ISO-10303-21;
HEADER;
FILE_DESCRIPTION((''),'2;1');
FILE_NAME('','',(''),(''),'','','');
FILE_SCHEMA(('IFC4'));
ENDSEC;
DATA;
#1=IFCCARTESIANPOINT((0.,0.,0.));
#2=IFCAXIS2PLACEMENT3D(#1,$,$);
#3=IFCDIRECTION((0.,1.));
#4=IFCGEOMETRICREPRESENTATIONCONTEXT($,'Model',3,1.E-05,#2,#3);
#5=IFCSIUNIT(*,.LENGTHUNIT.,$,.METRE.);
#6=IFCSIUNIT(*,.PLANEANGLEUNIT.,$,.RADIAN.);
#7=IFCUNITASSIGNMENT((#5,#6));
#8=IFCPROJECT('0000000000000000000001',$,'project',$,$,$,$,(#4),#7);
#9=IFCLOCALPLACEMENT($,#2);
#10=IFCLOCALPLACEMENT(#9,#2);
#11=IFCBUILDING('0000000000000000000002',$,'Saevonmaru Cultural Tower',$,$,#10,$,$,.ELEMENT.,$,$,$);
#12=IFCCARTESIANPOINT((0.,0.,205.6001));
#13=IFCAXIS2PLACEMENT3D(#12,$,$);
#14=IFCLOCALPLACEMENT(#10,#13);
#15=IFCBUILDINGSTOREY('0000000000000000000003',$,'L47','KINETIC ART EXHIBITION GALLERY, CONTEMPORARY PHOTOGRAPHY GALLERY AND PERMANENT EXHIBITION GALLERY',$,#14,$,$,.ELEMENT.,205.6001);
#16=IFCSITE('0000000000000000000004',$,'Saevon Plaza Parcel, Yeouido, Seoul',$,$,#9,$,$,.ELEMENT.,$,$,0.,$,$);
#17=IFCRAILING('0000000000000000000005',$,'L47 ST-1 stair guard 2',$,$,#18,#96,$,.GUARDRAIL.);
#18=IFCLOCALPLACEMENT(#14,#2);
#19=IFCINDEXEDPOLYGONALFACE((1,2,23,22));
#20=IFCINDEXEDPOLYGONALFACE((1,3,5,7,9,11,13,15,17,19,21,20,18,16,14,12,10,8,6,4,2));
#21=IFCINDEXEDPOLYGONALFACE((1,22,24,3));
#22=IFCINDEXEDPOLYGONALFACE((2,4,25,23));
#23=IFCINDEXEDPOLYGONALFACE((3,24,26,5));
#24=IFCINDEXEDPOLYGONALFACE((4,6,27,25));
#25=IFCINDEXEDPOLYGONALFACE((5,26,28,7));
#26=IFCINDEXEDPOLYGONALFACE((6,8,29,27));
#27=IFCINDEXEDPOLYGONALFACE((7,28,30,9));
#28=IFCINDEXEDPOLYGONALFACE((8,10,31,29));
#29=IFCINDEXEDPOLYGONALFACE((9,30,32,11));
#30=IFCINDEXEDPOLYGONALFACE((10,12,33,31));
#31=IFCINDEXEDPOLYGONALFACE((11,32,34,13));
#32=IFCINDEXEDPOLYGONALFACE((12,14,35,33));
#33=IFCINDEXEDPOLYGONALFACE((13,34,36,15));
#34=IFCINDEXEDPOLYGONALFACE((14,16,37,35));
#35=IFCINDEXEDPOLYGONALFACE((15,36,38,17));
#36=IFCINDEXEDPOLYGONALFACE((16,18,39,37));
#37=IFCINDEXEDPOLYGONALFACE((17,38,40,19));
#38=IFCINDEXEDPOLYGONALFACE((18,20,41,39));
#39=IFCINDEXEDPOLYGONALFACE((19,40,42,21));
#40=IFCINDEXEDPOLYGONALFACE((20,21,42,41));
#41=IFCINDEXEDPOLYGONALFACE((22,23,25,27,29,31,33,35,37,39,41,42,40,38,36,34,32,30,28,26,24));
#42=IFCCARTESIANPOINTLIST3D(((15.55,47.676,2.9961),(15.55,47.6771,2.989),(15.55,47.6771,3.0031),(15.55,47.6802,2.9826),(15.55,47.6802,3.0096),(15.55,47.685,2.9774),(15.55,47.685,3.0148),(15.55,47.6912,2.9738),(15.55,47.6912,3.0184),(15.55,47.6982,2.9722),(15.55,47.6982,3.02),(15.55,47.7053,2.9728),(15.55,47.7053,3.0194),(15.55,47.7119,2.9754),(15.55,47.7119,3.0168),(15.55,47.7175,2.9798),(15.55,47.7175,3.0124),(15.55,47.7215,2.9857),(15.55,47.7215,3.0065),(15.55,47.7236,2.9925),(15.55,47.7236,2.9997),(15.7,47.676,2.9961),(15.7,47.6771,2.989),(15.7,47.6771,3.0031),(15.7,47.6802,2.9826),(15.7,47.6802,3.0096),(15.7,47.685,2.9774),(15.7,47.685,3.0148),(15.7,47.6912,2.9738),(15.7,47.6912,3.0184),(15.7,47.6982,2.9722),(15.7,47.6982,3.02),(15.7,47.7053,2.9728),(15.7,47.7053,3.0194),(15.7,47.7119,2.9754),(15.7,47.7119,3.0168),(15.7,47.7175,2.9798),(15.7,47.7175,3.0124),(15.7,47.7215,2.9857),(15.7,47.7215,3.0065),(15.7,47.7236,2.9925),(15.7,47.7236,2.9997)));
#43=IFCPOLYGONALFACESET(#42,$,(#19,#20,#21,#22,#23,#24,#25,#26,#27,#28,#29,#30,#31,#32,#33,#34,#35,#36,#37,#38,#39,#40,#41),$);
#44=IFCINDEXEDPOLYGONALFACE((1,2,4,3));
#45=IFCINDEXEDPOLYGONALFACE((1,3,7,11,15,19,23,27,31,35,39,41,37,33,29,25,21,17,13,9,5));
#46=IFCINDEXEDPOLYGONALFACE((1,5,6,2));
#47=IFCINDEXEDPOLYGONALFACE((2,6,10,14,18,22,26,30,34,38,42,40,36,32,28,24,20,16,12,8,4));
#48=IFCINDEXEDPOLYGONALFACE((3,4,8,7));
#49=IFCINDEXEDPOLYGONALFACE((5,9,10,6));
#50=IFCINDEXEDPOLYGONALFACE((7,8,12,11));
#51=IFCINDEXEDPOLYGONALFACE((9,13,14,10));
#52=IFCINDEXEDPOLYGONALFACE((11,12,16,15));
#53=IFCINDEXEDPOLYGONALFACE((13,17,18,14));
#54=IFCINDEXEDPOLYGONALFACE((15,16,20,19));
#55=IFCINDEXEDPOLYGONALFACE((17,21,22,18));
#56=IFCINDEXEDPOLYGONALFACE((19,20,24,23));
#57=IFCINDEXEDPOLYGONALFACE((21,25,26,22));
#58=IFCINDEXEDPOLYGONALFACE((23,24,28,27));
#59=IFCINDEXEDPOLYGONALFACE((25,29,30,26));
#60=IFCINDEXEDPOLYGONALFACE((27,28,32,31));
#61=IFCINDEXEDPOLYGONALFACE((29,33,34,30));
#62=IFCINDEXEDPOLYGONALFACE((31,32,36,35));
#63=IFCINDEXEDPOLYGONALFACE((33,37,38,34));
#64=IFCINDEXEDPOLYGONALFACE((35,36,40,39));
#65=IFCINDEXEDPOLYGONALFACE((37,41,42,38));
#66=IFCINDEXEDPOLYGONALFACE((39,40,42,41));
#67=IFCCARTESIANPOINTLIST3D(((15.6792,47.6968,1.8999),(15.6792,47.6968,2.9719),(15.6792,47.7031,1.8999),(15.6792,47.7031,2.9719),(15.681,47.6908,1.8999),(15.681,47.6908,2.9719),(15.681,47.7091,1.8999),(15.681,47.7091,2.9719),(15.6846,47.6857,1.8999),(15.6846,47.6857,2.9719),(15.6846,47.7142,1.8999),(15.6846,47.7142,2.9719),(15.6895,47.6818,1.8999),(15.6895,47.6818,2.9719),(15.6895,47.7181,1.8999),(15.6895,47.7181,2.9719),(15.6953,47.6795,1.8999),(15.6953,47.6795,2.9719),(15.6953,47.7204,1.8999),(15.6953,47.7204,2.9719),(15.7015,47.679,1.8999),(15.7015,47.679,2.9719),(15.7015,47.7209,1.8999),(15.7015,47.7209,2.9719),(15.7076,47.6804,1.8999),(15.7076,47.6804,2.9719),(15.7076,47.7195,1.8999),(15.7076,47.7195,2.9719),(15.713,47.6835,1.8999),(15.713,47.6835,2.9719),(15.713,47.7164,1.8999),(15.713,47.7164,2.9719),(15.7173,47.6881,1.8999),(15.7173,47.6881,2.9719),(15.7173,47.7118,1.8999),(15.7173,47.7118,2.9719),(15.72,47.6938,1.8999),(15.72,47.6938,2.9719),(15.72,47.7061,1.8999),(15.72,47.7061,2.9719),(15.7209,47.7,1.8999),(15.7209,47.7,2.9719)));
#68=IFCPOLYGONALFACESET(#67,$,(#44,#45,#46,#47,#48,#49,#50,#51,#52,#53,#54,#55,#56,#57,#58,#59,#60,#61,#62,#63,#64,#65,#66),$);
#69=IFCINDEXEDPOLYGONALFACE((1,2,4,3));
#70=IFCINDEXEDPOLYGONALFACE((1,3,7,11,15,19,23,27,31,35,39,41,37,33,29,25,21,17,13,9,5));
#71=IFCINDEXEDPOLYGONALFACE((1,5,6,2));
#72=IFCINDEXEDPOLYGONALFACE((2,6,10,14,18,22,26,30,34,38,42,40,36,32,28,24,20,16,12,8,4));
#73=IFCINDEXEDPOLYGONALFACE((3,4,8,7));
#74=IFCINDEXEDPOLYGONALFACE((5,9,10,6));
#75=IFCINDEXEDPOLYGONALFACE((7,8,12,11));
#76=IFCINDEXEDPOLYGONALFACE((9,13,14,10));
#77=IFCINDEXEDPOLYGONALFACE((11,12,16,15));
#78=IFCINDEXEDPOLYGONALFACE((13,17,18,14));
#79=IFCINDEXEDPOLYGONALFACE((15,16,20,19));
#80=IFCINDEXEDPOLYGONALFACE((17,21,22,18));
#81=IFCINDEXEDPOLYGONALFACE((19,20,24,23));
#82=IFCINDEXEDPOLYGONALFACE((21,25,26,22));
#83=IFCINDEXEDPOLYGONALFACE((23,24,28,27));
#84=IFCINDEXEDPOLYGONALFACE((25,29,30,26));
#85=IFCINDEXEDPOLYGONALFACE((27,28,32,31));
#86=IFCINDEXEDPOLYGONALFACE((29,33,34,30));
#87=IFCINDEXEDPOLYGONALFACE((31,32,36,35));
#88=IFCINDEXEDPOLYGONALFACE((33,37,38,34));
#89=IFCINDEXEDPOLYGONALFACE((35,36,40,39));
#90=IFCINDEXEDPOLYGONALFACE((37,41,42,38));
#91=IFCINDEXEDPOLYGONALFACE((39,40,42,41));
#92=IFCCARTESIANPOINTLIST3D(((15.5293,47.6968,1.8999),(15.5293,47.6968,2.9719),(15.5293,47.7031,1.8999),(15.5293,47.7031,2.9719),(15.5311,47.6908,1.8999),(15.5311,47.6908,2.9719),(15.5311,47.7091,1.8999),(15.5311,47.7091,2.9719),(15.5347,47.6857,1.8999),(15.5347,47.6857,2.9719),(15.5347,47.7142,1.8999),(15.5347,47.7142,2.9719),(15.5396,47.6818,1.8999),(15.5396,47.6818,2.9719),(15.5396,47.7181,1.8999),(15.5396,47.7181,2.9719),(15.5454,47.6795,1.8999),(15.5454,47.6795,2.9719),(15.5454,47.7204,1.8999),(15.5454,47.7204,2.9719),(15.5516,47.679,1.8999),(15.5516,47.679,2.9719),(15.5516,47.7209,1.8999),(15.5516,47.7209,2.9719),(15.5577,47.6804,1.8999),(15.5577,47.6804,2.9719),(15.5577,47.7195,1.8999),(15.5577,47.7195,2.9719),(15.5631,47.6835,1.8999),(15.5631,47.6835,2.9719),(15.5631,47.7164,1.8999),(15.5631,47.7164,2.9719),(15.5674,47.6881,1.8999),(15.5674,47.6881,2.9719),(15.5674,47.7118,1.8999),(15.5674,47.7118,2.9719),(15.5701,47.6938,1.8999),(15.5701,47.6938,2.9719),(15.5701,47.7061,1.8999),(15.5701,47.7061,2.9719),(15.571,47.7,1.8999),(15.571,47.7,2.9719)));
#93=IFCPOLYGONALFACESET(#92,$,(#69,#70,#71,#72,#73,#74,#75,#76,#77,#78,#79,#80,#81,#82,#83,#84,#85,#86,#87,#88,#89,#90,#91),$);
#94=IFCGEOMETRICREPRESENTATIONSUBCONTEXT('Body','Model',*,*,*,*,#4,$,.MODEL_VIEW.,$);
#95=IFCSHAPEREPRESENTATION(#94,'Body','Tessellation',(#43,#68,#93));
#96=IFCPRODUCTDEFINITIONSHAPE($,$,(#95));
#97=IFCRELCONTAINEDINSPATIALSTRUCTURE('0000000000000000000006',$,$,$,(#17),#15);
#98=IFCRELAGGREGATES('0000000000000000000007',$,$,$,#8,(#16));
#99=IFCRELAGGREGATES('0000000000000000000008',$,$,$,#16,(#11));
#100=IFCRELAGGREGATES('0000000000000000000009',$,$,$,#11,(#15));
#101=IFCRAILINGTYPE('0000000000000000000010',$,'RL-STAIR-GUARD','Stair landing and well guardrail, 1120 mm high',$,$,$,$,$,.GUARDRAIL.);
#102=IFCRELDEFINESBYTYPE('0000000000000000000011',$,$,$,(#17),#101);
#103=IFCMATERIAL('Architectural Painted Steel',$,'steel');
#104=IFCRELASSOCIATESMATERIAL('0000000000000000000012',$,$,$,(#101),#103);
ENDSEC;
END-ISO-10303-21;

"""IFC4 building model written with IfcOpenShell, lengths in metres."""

from ifc_helpers import new_model, si_unit, direction, frame, origin, origin_2d, place, context, subcontext, project, spatial, circle, extrude, material, type_object, element, save


model = new_model("IFC4")

# Units and contexts
model_context = context("Model", 3, precision=1e-05, world=origin(), true_north=direction((0.0, 1.0)))
body_context = subcontext(model_context, "Body", "Model", "MODEL_VIEW")
ifc_project = project(units=[si_unit("LENGTHUNIT", "METRE"), si_unit("PLANEANGLEUNIT", "RADIAN")], contexts=[model_context])

# Site, building, storey
site_placement = place(None, origin())
site = spatial("IfcSite", under=ifc_project, at=site_placement, Name="Saevon Plaza Parcel, Yeouido, Seoul", CompositionType="ELEMENT", RefElevation=0.0)
building_placement = place(site_placement, origin())
building = spatial("IfcBuilding", under=site, at=building_placement, Name="Saevonmaru Cultural Tower", CompositionType="ELEMENT")
storey_placement = place(building_placement, frame((0.0, 0.0, 205.6001)))
storey = spatial("IfcBuildingStorey", under=building, at=storey_placement, Name="L47", Description="KINETIC ART EXHIBITION GALLERY, CONTEMPORARY PHOTOGRAPHY GALLERY AND PERMANENT EXHIBITION GALLERY", CompositionType="ELEMENT", Elevation=205.6001)

# Railing
ifc_material_1 = material(Name="Architectural Painted Steel", Category="steel")
railing_type_1 = type_object("IfcRailingType", Name="RL-STAIR-GUARD", Description="Stair landing and well guardrail, 1120 mm high", PredefinedType="GUARDRAIL", material=ifc_material_1)
railing_1_placement = place(storey_placement, frame((15.7, 47.7, 1.8999)))
element("IfcRailing", 1, at=railing_1_placement, inside=storey, type_object=railing_type_1, Name="L47 ST-1 stair guard 2", PredefinedType="GUARDRAIL", context=body_context, shape_type="SweptSolid", body=[
    extrude(circle(Radius=0.0239, at=origin_2d()), frame((0.0, 0.0, 1.0962), z_axis=(-1.0, 0.0, 0.0), x_axis=(0.0, -1.0, 0.0)), (0.0, 0.0, 1.0), 0.1499),
    extrude(circle(Radius=0.021, at=origin_2d()), origin(), (0.0, 0.0, 1.0), 1.072),
    extrude(circle(Radius=0.021, at=origin_2d()), frame((-0.1499, 0.0, 0.0)), (0.0, 0.0, 1.0), 1.072),
])

save(model, "model.ifc")
